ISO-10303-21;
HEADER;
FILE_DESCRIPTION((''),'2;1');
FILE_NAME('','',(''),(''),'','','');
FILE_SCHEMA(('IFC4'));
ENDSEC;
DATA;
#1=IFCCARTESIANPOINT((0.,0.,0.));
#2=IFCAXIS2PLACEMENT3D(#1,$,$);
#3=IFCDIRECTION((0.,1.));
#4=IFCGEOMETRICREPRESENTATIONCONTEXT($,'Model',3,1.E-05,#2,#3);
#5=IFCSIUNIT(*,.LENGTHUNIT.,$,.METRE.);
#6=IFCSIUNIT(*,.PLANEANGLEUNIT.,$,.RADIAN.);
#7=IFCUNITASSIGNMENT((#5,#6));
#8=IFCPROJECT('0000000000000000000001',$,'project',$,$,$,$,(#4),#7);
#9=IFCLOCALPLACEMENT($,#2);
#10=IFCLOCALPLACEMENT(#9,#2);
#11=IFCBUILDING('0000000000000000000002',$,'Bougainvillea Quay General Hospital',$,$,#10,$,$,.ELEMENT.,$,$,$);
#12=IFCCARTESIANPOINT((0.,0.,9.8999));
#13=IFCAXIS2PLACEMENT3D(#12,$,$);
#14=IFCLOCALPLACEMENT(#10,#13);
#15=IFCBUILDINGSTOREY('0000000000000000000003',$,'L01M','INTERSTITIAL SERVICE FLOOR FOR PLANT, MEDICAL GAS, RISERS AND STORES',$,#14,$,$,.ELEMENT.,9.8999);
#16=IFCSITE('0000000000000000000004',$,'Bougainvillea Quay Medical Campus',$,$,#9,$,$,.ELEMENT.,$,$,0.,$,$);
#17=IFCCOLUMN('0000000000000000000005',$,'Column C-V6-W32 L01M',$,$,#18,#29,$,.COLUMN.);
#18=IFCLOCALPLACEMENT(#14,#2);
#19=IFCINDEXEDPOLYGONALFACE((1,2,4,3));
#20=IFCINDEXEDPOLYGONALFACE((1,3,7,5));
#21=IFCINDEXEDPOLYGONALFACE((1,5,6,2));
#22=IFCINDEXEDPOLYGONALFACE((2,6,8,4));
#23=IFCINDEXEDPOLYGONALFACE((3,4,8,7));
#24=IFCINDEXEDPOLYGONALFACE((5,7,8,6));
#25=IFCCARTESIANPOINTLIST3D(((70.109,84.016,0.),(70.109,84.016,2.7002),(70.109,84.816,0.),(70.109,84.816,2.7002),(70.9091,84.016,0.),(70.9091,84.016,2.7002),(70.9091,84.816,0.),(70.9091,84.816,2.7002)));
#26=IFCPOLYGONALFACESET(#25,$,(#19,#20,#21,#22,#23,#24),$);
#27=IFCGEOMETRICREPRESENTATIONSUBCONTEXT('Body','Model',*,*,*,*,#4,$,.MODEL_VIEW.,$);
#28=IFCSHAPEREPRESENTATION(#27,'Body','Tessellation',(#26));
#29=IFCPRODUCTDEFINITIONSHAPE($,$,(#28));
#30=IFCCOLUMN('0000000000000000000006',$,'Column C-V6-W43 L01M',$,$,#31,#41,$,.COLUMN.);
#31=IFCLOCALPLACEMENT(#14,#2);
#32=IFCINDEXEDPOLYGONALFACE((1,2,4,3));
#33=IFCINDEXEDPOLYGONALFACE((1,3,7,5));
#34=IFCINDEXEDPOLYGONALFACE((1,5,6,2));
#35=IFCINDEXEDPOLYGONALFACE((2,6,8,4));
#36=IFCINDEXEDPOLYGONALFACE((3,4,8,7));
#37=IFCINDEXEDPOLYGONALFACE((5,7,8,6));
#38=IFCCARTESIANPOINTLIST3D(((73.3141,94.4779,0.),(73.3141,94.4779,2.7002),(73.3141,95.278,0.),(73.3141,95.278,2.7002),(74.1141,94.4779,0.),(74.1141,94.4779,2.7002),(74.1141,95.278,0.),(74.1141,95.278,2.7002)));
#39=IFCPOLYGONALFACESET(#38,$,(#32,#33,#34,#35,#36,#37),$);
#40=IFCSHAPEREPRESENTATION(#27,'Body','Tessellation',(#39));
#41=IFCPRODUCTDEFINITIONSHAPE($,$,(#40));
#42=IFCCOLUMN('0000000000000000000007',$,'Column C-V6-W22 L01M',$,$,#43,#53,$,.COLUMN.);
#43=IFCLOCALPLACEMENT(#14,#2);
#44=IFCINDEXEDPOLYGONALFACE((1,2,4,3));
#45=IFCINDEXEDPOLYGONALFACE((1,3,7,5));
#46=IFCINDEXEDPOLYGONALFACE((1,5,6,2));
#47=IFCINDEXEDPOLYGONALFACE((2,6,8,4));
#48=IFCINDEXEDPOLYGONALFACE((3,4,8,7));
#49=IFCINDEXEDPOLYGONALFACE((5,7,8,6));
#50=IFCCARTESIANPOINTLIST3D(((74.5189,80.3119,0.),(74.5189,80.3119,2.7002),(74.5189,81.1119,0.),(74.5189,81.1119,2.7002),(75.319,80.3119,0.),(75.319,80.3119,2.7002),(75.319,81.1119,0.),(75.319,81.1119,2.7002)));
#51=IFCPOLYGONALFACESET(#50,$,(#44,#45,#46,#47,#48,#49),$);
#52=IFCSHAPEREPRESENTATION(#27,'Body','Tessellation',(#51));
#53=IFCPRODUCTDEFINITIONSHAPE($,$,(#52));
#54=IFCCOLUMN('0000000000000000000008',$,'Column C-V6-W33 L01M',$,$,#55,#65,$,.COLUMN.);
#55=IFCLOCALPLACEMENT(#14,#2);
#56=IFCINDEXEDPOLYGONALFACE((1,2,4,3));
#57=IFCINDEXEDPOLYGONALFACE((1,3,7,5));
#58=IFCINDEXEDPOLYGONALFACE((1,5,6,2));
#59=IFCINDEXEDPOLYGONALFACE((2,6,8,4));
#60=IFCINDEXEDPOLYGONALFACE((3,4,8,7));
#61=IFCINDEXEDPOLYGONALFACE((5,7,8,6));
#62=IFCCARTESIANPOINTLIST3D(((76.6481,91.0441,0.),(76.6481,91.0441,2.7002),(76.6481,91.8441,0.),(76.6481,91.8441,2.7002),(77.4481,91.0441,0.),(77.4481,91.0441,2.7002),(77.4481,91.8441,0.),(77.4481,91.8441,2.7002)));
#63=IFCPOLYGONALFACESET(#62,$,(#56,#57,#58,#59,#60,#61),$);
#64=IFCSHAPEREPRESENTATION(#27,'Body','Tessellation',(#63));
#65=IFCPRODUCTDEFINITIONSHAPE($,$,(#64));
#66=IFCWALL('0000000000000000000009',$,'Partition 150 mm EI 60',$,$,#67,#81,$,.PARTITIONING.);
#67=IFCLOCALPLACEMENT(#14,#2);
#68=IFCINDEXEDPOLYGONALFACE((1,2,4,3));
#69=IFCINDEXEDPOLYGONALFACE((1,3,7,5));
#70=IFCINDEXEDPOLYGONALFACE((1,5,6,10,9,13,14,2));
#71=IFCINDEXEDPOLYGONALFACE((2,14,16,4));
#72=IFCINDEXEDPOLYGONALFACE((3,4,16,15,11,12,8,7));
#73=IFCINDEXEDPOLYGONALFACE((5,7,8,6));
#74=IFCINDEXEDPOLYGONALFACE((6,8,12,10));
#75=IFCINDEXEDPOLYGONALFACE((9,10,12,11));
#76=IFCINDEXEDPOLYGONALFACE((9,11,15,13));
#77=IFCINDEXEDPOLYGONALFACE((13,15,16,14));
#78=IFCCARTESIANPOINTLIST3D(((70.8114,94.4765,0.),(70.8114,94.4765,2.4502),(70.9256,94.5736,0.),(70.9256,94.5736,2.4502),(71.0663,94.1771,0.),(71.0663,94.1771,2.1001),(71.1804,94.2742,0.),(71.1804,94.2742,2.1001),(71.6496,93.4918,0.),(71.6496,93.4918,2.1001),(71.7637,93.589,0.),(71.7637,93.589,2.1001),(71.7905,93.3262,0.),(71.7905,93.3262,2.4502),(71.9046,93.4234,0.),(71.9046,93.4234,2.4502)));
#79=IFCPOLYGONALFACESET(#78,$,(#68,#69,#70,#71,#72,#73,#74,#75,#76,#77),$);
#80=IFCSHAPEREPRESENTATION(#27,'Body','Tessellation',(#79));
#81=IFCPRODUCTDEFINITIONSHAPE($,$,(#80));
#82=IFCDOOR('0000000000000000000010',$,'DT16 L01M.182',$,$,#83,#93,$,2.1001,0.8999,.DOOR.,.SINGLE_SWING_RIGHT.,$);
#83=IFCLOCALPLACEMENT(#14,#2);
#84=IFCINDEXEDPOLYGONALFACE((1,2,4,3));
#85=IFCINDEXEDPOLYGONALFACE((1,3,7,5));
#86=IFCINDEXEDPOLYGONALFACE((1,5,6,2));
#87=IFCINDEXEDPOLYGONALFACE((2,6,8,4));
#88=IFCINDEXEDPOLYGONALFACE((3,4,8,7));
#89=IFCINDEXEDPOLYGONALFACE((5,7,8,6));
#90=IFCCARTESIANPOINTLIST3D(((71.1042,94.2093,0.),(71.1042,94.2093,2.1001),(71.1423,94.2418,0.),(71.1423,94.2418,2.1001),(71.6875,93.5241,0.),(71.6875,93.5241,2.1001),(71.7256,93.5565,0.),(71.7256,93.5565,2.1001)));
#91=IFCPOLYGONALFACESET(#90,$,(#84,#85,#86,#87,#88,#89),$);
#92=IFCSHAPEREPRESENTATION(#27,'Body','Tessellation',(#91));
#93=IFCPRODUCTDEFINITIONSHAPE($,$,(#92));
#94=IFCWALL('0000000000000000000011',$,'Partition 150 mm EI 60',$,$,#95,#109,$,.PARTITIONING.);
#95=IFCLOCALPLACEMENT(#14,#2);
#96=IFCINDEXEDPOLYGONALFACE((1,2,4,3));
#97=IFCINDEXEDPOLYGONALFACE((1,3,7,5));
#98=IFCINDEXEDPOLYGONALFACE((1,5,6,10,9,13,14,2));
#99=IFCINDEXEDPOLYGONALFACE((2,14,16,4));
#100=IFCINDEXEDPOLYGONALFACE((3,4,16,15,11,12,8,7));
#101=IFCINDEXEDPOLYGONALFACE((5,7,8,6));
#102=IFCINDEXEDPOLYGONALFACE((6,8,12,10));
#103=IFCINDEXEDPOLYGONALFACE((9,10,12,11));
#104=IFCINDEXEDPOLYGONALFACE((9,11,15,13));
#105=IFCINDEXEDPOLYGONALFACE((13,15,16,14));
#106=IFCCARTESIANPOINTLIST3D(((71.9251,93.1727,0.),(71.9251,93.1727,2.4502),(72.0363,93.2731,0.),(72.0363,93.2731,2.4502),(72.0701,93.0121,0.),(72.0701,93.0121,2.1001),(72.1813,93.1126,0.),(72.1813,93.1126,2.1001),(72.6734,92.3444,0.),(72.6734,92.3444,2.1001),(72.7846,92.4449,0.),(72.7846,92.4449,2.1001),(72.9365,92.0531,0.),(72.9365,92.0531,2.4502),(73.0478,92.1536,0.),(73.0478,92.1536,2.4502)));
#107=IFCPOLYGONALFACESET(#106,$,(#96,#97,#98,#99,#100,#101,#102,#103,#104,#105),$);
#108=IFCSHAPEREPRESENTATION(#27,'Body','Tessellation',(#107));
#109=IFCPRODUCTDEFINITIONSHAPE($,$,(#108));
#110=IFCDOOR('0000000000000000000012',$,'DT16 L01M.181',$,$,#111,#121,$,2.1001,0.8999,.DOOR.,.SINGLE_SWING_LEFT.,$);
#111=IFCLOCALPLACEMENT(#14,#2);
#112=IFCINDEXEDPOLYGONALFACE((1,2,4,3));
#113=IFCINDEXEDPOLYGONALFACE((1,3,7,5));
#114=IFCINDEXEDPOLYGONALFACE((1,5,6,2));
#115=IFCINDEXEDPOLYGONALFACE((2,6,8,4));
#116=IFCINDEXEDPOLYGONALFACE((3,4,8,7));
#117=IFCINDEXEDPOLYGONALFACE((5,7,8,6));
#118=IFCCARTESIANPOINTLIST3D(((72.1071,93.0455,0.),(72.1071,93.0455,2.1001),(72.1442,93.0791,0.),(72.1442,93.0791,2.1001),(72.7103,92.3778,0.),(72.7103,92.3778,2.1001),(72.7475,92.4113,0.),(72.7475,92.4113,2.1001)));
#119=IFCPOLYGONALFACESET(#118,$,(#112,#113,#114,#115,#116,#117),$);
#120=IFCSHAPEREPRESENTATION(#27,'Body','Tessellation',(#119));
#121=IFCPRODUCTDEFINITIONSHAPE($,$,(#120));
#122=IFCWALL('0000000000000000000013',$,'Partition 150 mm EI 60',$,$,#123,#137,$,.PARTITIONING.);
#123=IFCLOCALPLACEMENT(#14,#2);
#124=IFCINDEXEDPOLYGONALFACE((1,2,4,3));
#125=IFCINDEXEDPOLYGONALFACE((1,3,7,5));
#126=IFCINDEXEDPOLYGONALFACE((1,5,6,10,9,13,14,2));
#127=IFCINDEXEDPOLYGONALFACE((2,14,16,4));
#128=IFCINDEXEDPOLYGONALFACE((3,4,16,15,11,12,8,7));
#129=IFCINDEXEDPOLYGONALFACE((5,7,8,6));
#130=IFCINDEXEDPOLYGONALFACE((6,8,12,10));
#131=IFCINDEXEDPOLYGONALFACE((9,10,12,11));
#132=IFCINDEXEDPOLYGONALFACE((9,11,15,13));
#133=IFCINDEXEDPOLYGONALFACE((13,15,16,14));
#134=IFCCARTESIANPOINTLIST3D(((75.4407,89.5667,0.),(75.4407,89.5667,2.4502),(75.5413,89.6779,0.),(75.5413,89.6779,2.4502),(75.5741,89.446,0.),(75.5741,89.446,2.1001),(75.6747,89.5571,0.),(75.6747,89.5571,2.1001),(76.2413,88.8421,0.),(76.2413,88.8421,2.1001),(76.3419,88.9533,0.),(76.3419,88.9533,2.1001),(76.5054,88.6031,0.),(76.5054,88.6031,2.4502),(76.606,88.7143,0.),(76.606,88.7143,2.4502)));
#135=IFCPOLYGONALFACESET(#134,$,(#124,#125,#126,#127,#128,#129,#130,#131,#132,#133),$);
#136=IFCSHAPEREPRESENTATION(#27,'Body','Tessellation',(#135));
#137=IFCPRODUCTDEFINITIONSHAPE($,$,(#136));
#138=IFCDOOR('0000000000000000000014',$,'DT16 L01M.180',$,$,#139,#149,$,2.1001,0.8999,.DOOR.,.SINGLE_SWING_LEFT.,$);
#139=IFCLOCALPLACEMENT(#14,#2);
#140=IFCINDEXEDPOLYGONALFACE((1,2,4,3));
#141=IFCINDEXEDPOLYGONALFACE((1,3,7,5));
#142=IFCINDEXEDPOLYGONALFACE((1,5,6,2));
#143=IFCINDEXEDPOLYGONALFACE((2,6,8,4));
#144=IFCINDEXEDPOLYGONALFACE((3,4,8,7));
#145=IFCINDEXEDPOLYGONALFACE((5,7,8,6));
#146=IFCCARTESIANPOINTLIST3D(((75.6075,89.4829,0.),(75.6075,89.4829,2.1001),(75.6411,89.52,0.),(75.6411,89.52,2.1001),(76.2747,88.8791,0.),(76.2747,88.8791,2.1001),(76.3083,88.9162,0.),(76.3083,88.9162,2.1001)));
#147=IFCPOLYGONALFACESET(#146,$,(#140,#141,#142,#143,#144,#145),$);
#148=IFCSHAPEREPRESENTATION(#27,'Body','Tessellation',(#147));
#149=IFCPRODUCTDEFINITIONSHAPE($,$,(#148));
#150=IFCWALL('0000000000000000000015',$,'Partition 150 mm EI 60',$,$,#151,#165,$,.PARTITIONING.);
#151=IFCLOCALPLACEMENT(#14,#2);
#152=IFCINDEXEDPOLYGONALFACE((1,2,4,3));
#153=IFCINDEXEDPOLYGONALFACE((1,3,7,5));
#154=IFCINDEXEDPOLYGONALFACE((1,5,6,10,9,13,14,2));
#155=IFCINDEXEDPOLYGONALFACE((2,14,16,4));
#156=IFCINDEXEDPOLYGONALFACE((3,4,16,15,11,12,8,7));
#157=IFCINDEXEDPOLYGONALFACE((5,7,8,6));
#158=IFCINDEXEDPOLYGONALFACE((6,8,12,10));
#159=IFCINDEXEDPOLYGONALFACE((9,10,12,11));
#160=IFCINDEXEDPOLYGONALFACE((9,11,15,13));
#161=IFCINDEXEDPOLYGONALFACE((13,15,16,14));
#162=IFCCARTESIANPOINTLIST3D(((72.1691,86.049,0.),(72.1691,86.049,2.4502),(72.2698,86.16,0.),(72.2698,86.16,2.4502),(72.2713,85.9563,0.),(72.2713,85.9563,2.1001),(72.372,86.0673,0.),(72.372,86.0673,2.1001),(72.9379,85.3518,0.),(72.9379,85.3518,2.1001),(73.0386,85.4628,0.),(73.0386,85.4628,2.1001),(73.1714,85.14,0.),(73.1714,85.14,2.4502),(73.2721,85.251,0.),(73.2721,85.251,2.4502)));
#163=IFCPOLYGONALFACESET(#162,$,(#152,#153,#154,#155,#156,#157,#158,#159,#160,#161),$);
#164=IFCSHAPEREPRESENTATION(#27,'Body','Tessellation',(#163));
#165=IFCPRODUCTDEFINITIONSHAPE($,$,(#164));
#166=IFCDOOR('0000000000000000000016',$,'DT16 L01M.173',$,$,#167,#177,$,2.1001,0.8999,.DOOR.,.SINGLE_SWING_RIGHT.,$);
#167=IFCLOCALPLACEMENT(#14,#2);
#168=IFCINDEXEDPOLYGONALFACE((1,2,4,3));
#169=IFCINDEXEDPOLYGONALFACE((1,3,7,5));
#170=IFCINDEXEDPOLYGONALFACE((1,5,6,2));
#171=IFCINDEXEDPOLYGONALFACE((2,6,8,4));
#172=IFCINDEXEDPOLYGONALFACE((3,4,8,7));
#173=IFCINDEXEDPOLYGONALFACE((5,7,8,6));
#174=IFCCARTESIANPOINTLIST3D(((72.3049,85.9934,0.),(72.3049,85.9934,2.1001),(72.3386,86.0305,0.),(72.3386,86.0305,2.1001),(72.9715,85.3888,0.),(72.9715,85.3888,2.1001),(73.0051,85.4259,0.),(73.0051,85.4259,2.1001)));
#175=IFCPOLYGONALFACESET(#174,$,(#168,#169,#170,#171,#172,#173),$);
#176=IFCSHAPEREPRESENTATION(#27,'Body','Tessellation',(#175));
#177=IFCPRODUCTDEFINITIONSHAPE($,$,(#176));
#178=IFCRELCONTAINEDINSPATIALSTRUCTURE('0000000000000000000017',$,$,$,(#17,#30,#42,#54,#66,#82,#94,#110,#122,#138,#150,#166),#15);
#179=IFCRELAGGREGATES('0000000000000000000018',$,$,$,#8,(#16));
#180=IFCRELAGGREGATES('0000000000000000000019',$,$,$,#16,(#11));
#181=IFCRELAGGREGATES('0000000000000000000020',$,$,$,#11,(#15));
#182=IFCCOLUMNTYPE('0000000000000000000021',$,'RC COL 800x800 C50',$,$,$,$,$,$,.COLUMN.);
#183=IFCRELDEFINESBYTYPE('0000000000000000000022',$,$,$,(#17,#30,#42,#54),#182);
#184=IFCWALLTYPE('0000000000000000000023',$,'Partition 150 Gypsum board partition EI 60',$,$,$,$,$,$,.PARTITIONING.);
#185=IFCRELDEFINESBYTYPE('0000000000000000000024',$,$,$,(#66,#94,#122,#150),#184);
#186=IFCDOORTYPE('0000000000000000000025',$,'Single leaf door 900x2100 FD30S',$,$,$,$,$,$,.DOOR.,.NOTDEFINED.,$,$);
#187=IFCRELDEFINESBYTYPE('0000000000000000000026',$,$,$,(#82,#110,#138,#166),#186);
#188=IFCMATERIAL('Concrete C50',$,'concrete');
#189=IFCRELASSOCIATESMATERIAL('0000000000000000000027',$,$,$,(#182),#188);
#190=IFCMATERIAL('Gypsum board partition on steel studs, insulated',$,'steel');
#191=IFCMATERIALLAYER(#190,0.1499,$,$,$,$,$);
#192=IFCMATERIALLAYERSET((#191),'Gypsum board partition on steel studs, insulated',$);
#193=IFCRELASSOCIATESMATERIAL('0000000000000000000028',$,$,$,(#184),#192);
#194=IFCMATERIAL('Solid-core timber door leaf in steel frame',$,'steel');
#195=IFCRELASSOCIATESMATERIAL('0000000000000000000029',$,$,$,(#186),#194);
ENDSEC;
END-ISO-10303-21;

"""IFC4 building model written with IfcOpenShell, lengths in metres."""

from ifc_helpers import new_model, si_unit, direction, frame, frame_2d, origin, origin_2d, place, context, subcontext, project, spatial, rectangle, extrude, material, layer, layer_set, material_profile, profile_set, type_object, element, fill, save


model = new_model("IFC4")

# Units and contexts
model_context = context("Model", 3, precision=1e-05, world=origin(), true_north=direction((0.0, 1.0)))
body_context = subcontext(model_context, "Body", "Model", "MODEL_VIEW")
ifc_project = project(units=[si_unit("LENGTHUNIT", "METRE"), si_unit("PLANEANGLEUNIT", "RADIAN")], contexts=[model_context])

# Site, building, storey
site_placement = place(None, origin())
site = spatial("IfcSite", under=ifc_project, at=site_placement, Name="Bougainvillea Quay Medical Campus", CompositionType="ELEMENT", RefElevation=0.0)
building_placement = place(site_placement, origin())
building = spatial("IfcBuilding", under=site, at=building_placement, Name="Bougainvillea Quay General Hospital", CompositionType="ELEMENT")
storey_placement = place(building_placement, frame((0.0, 0.0, 9.8999)))
storey = spatial("IfcBuildingStorey", under=building, at=storey_placement, Name="L01M", Description="INTERSTITIAL SERVICE FLOOR FOR PLANT, MEDICAL GAS, RISERS AND STORES", CompositionType="ELEMENT", Elevation=9.8999)

# Columns
ifc_material_1 = material(Name="Concrete C50", Category="concrete")
ifc_material_profile = material_profile(ifc_material_1, rectangle(XDim=0.8, YDim=0.8, at=origin_2d()))
ifc_profile_set = profile_set([ifc_material_profile], Name="Concrete C50")
column_type = type_object("IfcColumnType", Name="RC COL 800x800 C50", PredefinedType="COLUMN", material=ifc_profile_set)
for number, where, z_axis, x_axis, name in (
    (1, (70.509, 84.416, 0.0), (0.0, 0.0, 1.0), (1.0, 0.0, 0.0), "Column C-V6-W32 L01M"),
    (2, (73.7141, 94.8779, 0.0), (0.0, 0.0, 1.0), (1.0, 0.0, 0.0), "Column C-V6-W43 L01M"),
    (3, (74.9189, 80.7119, 0.0), (0.0, 0.0, 1.0), (1.0, 0.0, 0.0), "Column C-V6-W22 L01M"),
    (4, (77.0481, 91.4441, 0.0), (0.0, 0.0, 1.0), (1.0, 0.0, 0.0), "Column C-V6-W33 L01M"),
):
    element("IfcColumn", number, at=place(storey_placement, frame(where, z_axis=z_axis, x_axis=x_axis)), inside=storey, type_object=column_type, Name=name, PredefinedType="COLUMN", context=body_context, shape_type="SweptSolid", body=[
        extrude(rectangle(XDim=0.8, YDim=0.8, at=origin_2d()), origin(), (0.0, 0.0, 1.0), 2.7002),
    ])

# Walls, openings, doors
ifc_material_2 = material(Name="Gypsum board partition on steel studs, insulated", Category="steel")
ifc_layer_1 = layer(ifc_material_2, 0.1499)
ifc_layer_set_1 = layer_set([ifc_layer_1], Name="Gypsum board partition on steel studs, insulated")
wall_type_1 = type_object("IfcWallType", Name="Partition 150 Gypsum board partition EI 60", PredefinedType="PARTITIONING", material=ifc_layer_set_1)
wall_1_placement = place(storey_placement, frame((70.8684, 94.5251, 0.0), z_axis=(0.0, 0.0, 1.0), x_axis=(0.648178, -0.761488, 0.0)))
wall_1 = element("IfcWall", 5, at=wall_1_placement, inside=storey, type_object=wall_type_1, Name="Partition 150 mm EI 60", PredefinedType="PARTITIONING", context=body_context, shape_type="SweptSolid", body=[
    extrude(rectangle(XDim=1.5105, YDim=0.1499, at=frame_2d((0.7554, 0.0))), origin(), (0.0, 0.0, 1.0), 2.4502),
])
opening_1_placement = place(wall_1_placement, frame((0.3933, 0.0, 0.0)))
opening_1 = element("IfcOpeningElement", 6, at=opening_1_placement, cuts=wall_1, PredefinedType="OPENING", context=body_context, shape_type="SweptSolid", body=[
    extrude(rectangle(XDim=0.8999, YDim=2.1001, at=frame_2d((0.45, 1.05))), frame((0.0, 0.085, 0.0), z_axis=(0.0, -1.0, 0.0), x_axis=(1.0, 0.0, 0.0)), (0.0, 0.0, 1.0), 0.1699),
])
ifc_material_3 = material(Name="Solid-core timber door leaf in steel frame", Category="steel")
door_type_1 = type_object("IfcDoorType", Name="Single leaf door 900x2100 FD30S", OperationType="NOTDEFINED", PredefinedType="DOOR", material=ifc_material_3)
door_1_placement = place(opening_1_placement, origin())
door_1 = element("IfcDoor", 7, at=door_1_placement, inside=storey, type_object=door_type_1, Name="DT16 L01M.182", OperationType="SINGLE_SWING_RIGHT", OverallHeight=2.1001, OverallWidth=0.8999, PredefinedType="DOOR", context=body_context, shape_type="SweptSolid", body=[
    extrude(rectangle(XDim=0.8999, YDim=2.1001, at=frame_2d((0.45, 1.05))), frame((0.0, 0.0249, 0.0), z_axis=(0.0, -1.0, 0.0), x_axis=(1.0, 0.0, 0.0)), (0.0, 0.0, 1.0), 0.05),
])
fill(opening_1, door_1)
wall_2_placement = place(storey_placement, frame((71.9807, 93.2229, 0.0), z_axis=(0.0, 0.0, 1.0), x_axis=(0.670358, -0.742038, 0.0)))
wall_2 = element("IfcWall", 8, at=wall_2_placement, inside=storey, type_object=wall_type_1, Name="Partition 150 mm EI 60", PredefinedType="PARTITIONING", context=body_context, shape_type="SweptSolid", body=[
    extrude(rectangle(XDim=1.5088, YDim=0.1499, at=frame_2d((0.7544, 0.0))), origin(), (0.0, 0.0, 1.0), 2.4502),
])
opening_2_placement = place(wall_2_placement, frame((0.2163, 0.0, 0.0)))
opening_2 = element("IfcOpeningElement", 9, at=opening_2_placement, cuts=wall_2, PredefinedType="OPENING", context=body_context, shape_type="SweptSolid", body=[
    extrude(rectangle(XDim=0.8999, YDim=2.1001, at=frame_2d((0.45, 1.05))), frame((0.0, 0.085, 0.0), z_axis=(0.0, -1.0, 0.0), x_axis=(1.0, 0.0, 0.0)), (0.0, 0.0, 1.0), 0.1699),
])
door_2_placement = place(opening_2_placement, origin())
door_2 = element("IfcDoor", 10, at=door_2_placement, inside=storey, type_object=door_type_1, Name="DT16 L01M.181", OperationType="SINGLE_SWING_LEFT", OverallHeight=2.1001, OverallWidth=0.8999, PredefinedType="DOOR", context=body_context, shape_type="SweptSolid", body=[
    extrude(rectangle(XDim=0.8999, YDim=2.1001, at=frame_2d((0.45, 1.05))), frame((0.0, 0.0249, 0.0), z_axis=(0.0, -1.0, 0.0), x_axis=(1.0, 0.0, 0.0)), (0.0, 0.0, 1.0), 0.05),
])
fill(opening_2, door_2)
wall_3_placement = place(storey_placement, frame((75.491, 89.6223, 0.0), z_axis=(0.0, 0.0, 1.0), x_axis=(0.741423, -0.671038, 0.0)))
wall_3 = element("IfcWall", 11, at=wall_3_placement, inside=storey, type_object=wall_type_1, Name="Partition 150 mm EI 60", PredefinedType="PARTITIONING", context=body_context, shape_type="SweptSolid", body=[
    extrude(rectangle(XDim=1.436, YDim=0.1499, at=frame_2d((0.718, 0.0))), origin(), (0.0, 0.0, 1.0), 2.4502),
])
opening_3_placement = place(wall_3_placement, frame((0.1799, 0.0, 0.0)))
opening_3 = element("IfcOpeningElement", 12, at=opening_3_placement, cuts=wall_3, PredefinedType="OPENING", context=body_context, shape_type="SweptSolid", body=[
    extrude(rectangle(XDim=0.8999, YDim=2.1001, at=frame_2d((0.45, 1.05))), frame((0.0, 0.085, 0.0), z_axis=(0.0, -1.0, 0.0), x_axis=(1.0, 0.0, 0.0)), (0.0, 0.0, 1.0), 0.1699),
])
door_3_placement = place(opening_3_placement, origin())
door_3 = element("IfcDoor", 13, at=door_3_placement, inside=storey, type_object=door_type_1, Name="DT16 L01M.180", OperationType="SINGLE_SWING_LEFT", OverallHeight=2.1001, OverallWidth=0.8999, PredefinedType="DOOR", context=body_context, shape_type="SweptSolid", body=[
    extrude(rectangle(XDim=0.8999, YDim=2.1001, at=frame_2d((0.45, 1.05))), frame((0.0, 0.0249, 0.0), z_axis=(0.0, -1.0, 0.0), x_axis=(1.0, 0.0, 0.0)), (0.0, 0.0, 1.0), 0.05),
])
fill(opening_3, door_3)
wall_4_placement = place(storey_placement, frame((72.2195, 86.1045, 0.0), z_axis=(0.0, 0.0, 1.0), x_axis=(0.740732, -0.671801, 0.0)))
wall_4 = element("IfcWall", 14, at=wall_4_placement, inside=storey, type_object=wall_type_1, Name="Partition 150 mm EI 60", PredefinedType="PARTITIONING", context=body_context, shape_type="SweptSolid", body=[
    extrude(rectangle(XDim=1.353, YDim=0.1499, at=frame_2d((0.6765, 0.0))), origin(), (0.0, 0.0, 1.0), 2.4502),
])
opening_4_placement = place(wall_4_placement, frame((0.1379, 0.0, 0.0)))
opening_4 = element("IfcOpeningElement", 15, at=opening_4_placement, cuts=wall_4, PredefinedType="OPENING", context=body_context, shape_type="SweptSolid", body=[
    extrude(rectangle(XDim=0.8999, YDim=2.1001, at=frame_2d((0.45, 1.05))), frame((0.0, 0.085, 0.0), z_axis=(0.0, -1.0, 0.0), x_axis=(1.0, 0.0, 0.0)), (0.0, 0.0, 1.0), 0.1699),
])
door_4_placement = place(opening_4_placement, frame((0.8999, 0.0, 0.0), z_axis=(0.0, 0.0, 1.0), x_axis=(-1.0, 0.0, 0.0)))
door_4 = element("IfcDoor", 16, at=door_4_placement, inside=storey, type_object=door_type_1, Name="DT16 L01M.173", OperationType="SINGLE_SWING_RIGHT", OverallHeight=2.1001, OverallWidth=0.8999, PredefinedType="DOOR", context=body_context, shape_type="SweptSolid", body=[
    extrude(rectangle(XDim=0.8999, YDim=2.1001, at=frame_2d((0.45, 1.05))), frame((0.0, 0.0249, 0.0), z_axis=(0.0, -1.0, 0.0), x_axis=(1.0, 0.0, 0.0)), (0.0, 0.0, 1.0), 0.05),
])
fill(opening_4, door_4)

save(model, "model.ifc")
